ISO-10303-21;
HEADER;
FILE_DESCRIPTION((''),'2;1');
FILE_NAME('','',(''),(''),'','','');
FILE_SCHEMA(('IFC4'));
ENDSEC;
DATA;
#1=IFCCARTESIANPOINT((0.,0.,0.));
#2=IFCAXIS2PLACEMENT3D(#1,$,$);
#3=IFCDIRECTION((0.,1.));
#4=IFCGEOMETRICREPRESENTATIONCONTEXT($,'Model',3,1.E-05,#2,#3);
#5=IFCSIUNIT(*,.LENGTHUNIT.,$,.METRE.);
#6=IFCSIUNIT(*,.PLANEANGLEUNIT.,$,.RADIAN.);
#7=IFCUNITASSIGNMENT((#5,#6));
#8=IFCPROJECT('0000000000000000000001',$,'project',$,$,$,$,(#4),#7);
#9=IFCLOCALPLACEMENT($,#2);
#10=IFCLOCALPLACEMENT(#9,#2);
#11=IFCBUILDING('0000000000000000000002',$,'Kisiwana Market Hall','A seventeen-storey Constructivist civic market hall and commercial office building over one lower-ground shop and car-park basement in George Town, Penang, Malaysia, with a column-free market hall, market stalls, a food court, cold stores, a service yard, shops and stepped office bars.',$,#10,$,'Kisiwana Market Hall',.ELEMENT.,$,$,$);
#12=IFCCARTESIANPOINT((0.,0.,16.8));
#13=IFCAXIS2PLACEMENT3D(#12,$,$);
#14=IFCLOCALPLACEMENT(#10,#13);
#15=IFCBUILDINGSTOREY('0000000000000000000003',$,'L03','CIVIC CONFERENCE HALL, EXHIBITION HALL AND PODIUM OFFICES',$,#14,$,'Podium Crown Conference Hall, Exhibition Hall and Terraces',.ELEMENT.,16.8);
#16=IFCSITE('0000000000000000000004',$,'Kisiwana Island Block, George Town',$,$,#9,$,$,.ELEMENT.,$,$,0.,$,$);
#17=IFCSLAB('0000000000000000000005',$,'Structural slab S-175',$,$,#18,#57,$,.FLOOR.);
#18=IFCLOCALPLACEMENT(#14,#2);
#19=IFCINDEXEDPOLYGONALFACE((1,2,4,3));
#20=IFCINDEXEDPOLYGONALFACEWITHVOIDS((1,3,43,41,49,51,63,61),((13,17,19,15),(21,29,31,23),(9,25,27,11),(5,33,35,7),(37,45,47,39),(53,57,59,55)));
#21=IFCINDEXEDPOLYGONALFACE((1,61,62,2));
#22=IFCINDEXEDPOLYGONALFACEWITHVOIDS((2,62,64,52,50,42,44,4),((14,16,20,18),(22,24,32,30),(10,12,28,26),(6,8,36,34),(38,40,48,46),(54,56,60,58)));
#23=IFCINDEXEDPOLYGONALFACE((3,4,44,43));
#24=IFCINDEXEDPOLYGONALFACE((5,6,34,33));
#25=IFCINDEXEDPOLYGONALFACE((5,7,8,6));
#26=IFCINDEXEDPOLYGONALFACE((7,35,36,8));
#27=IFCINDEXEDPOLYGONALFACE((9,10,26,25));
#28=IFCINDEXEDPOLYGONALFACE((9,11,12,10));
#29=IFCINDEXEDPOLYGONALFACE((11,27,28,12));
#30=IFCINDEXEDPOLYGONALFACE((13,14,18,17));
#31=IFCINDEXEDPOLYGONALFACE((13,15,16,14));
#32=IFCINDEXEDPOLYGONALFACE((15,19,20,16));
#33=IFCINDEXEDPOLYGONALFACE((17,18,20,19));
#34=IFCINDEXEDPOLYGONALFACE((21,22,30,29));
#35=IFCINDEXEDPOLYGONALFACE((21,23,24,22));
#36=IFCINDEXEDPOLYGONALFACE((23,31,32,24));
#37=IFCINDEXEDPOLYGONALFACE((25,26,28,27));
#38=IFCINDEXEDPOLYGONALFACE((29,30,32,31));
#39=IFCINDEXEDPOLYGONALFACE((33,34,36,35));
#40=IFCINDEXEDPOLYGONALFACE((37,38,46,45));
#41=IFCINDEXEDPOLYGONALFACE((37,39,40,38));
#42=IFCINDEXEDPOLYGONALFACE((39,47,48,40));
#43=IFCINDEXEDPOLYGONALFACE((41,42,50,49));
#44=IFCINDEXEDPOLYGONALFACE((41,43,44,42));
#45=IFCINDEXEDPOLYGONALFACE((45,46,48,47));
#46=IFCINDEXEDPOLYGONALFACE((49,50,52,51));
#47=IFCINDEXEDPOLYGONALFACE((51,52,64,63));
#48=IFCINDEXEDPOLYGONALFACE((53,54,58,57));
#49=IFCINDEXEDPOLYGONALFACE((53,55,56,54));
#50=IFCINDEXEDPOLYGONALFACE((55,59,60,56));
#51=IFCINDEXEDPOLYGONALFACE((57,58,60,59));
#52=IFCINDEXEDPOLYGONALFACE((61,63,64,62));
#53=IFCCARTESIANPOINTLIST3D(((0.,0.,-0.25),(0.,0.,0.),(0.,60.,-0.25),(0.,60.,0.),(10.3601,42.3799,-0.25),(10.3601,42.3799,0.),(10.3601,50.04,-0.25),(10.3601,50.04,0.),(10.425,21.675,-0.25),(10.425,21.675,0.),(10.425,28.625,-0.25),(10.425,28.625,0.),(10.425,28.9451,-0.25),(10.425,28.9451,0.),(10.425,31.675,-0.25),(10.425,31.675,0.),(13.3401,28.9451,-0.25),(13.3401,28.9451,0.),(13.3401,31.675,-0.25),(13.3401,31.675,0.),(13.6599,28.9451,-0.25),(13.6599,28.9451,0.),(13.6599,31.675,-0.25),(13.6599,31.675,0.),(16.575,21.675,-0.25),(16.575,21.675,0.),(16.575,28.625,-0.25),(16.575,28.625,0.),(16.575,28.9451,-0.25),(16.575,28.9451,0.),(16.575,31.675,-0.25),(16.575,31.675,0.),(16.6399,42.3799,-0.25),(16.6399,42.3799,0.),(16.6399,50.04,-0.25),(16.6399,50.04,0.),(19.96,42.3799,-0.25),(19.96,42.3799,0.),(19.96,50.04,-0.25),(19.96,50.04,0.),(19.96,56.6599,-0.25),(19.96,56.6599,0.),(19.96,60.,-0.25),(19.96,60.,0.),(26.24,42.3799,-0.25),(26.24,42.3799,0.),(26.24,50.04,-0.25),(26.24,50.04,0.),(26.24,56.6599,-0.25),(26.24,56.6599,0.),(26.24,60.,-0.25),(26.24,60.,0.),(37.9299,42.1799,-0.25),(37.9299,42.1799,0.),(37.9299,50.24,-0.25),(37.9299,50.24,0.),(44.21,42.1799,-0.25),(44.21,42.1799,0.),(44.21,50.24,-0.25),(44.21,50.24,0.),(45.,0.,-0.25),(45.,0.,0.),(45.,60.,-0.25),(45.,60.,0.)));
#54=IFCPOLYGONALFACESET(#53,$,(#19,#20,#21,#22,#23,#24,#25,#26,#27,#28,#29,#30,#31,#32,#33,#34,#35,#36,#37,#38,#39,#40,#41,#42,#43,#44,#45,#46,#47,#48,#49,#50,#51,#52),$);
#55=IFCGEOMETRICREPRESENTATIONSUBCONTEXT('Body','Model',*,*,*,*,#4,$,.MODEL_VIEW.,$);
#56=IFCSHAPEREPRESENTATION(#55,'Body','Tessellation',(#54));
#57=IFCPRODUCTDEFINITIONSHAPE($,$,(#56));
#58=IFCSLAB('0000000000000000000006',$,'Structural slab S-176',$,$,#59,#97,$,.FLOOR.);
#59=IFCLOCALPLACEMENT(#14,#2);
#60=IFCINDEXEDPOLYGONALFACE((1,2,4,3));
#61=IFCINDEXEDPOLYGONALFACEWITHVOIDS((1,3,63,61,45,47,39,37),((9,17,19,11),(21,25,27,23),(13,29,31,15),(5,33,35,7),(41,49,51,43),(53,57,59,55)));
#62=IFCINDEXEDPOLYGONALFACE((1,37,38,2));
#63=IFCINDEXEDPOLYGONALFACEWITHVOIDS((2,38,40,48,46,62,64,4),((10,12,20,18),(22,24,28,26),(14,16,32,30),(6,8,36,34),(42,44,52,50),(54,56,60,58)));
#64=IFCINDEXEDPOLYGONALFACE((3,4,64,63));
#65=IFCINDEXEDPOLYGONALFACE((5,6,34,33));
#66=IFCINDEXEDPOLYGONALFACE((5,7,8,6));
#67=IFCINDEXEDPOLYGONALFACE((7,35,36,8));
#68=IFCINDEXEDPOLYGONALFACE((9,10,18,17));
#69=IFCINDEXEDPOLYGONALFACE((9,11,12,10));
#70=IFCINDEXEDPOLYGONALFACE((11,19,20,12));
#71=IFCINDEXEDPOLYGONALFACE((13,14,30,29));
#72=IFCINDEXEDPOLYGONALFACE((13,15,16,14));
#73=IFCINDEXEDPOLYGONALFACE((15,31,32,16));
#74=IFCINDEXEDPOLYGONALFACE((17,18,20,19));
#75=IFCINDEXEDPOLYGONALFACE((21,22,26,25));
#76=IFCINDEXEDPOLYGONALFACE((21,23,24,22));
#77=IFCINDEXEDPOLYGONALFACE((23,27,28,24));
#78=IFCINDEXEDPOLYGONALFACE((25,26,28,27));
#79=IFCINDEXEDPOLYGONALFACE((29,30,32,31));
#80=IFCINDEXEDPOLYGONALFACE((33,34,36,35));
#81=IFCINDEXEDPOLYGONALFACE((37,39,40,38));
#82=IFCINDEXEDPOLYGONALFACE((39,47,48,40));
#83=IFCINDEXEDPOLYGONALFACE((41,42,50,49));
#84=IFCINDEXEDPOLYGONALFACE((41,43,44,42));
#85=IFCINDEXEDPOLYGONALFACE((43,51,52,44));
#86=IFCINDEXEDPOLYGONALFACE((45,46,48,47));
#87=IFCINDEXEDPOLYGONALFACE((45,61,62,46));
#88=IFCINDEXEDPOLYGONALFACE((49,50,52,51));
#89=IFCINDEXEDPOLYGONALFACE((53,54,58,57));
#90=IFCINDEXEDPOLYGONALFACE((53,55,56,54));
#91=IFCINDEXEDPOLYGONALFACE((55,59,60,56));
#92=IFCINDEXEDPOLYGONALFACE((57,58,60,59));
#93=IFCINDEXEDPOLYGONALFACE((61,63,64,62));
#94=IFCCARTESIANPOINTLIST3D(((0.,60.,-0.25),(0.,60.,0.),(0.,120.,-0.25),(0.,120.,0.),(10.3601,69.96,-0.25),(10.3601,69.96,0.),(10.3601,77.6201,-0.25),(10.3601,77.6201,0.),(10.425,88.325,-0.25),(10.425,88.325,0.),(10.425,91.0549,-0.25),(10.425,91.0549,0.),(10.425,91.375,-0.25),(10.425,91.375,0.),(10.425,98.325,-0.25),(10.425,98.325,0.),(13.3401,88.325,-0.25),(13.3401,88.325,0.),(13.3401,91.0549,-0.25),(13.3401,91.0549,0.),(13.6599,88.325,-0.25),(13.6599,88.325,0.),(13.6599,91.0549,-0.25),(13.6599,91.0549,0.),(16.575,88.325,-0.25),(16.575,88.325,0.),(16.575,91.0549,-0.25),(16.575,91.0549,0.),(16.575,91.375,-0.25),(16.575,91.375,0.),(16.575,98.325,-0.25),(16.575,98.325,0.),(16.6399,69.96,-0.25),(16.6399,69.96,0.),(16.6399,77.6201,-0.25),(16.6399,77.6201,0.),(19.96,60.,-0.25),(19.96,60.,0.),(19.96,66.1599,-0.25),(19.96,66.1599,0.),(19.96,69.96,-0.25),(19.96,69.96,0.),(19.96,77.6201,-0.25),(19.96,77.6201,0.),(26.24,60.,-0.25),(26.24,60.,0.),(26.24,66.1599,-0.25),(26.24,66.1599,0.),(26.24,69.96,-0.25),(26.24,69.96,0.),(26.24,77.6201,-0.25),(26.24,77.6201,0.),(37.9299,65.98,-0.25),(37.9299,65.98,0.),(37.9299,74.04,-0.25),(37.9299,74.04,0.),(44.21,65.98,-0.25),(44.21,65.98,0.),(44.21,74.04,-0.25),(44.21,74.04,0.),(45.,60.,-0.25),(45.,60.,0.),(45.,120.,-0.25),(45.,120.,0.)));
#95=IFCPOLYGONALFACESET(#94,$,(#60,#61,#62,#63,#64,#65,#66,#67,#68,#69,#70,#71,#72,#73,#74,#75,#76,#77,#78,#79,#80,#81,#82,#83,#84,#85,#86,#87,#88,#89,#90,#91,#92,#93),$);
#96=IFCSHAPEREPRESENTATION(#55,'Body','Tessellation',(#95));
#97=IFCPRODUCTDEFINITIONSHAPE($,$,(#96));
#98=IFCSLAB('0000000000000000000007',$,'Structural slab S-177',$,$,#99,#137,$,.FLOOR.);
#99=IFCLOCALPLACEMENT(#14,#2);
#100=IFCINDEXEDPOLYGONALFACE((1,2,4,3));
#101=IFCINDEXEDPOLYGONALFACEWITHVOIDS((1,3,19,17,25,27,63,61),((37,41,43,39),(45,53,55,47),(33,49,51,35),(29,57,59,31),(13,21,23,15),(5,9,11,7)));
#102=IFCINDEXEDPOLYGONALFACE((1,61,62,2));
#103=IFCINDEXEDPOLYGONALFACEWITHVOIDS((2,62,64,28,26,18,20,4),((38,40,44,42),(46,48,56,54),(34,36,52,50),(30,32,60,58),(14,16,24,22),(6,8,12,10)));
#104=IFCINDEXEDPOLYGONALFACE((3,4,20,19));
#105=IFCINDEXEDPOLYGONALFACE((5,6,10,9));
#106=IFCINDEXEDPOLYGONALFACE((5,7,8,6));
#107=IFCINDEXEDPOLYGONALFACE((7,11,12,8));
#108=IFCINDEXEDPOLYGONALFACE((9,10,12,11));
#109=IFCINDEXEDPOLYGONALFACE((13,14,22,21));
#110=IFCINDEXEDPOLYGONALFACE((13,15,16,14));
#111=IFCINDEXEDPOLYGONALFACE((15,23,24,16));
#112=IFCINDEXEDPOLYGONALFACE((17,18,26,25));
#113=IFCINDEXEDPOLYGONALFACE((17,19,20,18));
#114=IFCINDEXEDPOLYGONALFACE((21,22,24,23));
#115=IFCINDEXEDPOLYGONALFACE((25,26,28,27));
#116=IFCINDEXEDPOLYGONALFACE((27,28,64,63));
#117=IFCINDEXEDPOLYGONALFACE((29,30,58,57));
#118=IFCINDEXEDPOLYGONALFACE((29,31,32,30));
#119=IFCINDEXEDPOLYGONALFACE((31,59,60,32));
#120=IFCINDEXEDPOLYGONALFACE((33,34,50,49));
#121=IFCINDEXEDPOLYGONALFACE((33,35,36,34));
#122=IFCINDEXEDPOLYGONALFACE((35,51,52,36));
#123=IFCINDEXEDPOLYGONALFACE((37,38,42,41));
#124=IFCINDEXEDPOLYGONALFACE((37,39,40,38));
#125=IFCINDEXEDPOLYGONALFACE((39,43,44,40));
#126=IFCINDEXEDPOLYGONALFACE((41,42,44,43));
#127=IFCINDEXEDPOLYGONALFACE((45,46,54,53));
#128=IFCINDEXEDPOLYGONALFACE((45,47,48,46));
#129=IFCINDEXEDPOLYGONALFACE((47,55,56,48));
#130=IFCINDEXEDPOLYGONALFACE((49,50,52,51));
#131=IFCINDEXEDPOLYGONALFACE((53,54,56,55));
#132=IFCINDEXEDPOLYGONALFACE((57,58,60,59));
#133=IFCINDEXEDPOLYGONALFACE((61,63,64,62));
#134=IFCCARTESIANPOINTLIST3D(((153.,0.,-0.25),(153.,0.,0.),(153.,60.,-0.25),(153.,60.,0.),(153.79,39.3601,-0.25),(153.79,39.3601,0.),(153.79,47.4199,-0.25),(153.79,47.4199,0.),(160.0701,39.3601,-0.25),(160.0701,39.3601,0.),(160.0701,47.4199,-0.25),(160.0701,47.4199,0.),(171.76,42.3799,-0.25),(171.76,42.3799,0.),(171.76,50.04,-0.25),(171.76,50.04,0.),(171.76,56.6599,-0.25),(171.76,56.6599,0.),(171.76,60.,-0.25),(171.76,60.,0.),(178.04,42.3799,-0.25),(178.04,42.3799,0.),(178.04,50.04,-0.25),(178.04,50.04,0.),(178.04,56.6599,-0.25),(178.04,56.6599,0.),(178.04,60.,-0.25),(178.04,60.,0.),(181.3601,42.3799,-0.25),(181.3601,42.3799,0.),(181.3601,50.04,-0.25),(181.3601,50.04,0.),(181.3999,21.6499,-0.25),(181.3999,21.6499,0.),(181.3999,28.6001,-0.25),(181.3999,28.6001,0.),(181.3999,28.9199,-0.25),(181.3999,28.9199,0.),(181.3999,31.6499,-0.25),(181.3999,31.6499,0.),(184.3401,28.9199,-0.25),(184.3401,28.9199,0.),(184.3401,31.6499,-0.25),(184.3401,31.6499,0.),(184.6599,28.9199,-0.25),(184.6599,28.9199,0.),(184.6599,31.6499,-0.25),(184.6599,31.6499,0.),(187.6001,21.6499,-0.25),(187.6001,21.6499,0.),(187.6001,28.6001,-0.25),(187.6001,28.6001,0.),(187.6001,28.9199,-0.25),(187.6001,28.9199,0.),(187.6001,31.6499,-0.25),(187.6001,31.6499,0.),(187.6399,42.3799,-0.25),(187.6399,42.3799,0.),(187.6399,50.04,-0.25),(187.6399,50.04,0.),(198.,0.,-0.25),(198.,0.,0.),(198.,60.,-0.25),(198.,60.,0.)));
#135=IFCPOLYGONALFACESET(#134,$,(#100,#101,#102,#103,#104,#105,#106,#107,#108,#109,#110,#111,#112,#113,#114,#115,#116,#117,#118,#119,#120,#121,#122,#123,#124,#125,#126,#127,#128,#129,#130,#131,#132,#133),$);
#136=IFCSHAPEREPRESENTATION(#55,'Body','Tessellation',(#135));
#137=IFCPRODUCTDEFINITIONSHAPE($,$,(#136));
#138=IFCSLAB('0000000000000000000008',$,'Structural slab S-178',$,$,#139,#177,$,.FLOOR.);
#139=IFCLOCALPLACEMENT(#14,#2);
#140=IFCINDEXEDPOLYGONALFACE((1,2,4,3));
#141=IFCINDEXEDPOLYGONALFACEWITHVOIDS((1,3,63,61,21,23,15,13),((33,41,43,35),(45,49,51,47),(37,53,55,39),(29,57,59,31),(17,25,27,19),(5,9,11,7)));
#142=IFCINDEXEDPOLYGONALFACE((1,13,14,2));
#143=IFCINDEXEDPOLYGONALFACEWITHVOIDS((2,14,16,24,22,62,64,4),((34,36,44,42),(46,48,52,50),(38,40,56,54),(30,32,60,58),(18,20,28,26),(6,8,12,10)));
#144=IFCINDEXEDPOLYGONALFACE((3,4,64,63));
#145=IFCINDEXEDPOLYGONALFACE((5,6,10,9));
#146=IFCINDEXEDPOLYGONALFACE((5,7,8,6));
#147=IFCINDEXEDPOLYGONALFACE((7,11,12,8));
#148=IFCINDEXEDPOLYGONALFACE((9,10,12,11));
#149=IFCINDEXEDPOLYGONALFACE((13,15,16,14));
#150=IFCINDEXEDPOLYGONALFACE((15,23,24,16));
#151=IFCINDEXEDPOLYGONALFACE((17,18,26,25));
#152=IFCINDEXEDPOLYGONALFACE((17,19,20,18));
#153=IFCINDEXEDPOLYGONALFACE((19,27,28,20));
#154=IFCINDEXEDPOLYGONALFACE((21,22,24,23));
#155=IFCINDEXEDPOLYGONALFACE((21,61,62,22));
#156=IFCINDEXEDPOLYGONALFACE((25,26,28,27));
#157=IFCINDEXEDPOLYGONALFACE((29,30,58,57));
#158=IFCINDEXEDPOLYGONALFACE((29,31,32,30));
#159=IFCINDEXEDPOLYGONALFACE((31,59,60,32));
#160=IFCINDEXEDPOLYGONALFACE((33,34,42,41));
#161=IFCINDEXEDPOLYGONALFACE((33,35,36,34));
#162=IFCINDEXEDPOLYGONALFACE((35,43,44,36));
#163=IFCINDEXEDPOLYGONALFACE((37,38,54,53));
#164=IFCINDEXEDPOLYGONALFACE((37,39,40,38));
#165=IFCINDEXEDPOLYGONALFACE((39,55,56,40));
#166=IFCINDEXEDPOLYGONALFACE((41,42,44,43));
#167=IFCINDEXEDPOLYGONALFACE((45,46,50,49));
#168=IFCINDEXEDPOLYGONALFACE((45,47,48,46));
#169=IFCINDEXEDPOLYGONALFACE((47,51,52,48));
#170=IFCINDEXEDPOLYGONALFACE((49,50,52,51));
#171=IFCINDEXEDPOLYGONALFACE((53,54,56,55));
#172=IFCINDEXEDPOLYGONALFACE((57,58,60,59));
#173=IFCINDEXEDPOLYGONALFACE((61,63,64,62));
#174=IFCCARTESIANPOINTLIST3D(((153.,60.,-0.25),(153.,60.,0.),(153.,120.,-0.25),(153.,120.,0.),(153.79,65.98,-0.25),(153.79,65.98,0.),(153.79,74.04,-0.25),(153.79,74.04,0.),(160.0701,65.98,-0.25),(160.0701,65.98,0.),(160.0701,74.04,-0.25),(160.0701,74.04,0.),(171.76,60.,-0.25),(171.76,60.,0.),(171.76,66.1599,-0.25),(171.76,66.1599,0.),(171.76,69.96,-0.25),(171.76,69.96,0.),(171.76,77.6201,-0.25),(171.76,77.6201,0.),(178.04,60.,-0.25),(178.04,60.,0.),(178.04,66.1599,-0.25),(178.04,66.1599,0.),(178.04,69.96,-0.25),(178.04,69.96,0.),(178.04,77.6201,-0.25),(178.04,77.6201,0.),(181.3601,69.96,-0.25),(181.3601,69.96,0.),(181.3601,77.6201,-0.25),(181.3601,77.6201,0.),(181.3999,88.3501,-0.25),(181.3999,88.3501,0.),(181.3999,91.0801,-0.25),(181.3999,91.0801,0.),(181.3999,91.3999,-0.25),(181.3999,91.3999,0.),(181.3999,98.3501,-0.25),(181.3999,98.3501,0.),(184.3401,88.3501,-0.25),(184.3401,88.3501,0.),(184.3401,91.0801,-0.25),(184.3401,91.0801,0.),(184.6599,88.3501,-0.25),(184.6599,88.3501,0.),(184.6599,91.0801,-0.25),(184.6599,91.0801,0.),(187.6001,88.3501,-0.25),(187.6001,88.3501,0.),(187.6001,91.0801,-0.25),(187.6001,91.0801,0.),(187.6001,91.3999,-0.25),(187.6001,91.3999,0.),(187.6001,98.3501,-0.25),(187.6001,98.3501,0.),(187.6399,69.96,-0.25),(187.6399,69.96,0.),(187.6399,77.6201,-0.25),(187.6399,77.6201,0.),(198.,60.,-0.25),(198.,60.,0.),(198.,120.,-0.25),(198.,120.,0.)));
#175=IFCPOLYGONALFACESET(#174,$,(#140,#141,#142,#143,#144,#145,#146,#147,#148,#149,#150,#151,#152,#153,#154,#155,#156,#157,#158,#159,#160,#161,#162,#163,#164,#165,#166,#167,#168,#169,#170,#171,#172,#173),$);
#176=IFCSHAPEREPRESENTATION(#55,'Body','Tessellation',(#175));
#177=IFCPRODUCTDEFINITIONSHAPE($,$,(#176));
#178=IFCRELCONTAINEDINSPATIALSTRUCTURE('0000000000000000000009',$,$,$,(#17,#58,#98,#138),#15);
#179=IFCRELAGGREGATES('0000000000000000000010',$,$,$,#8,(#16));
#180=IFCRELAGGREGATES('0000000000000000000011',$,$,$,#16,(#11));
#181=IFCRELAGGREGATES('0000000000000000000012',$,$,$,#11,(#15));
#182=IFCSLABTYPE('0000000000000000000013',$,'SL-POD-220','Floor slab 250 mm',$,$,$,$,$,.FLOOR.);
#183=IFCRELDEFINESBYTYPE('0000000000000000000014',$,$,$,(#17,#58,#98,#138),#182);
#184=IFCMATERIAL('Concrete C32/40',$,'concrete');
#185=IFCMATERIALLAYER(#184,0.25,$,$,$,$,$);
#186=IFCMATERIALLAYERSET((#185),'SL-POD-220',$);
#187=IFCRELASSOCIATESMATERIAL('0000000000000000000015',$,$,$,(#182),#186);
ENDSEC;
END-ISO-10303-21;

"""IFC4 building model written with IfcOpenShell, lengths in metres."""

from ifc_helpers import new_model, si_unit, direction, frame, origin, place, context, subcontext, project, spatial, polyline, outline, extrude, material, layer, layer_set, type_object, element, save


model = new_model("IFC4")

# Units and contexts
model_context = context("Model", 3, precision=1e-05, world=origin(), true_north=direction((0.0, 1.0)))
body_context = subcontext(model_context, "Body", "Model", "MODEL_VIEW")
ifc_project = project(units=[si_unit("LENGTHUNIT", "METRE"), si_unit("PLANEANGLEUNIT", "RADIAN")], contexts=[model_context])

# Site, building, storey
site_placement = place(None, origin())
site = spatial("IfcSite", under=ifc_project, at=site_placement, Name="Kisiwana Island Block, George Town", CompositionType="ELEMENT", RefElevation=0.0)
building_placement = place(site_placement, origin())
building = spatial("IfcBuilding", under=site, at=building_placement, Name="Kisiwana Market Hall", Description="A seventeen-storey Constructivist civic market hall and commercial office building over one lower-ground shop and car-park basement in George Town, Penang, Malaysia, with a column-free market hall, market stalls, a food court, cold stores, a service yard, shops and stepped office bars.", LongName="Kisiwana Market Hall", CompositionType="ELEMENT")
storey_placement = place(building_placement, frame((0.0, 0.0, 16.8)))
storey = spatial("IfcBuildingStorey", under=building, at=storey_placement, Name="L03", Description="CIVIC CONFERENCE HALL, EXHIBITION HALL AND PODIUM OFFICES", LongName="Podium Crown Conference Hall, Exhibition Hall and Terraces", CompositionType="ELEMENT", Elevation=16.8)

# Slabs
ifc_material_1 = material(Name="Concrete C32/40", Category="concrete")
ifc_layer_1 = layer(ifc_material_1, 0.25)
ifc_layer_set_1 = layer_set([ifc_layer_1], Name="SL-POD-220")
slab_type_1 = type_object("IfcSlabType", Name="SL-POD-220", Description="Floor slab 250 mm", PredefinedType="FLOOR", material=ifc_layer_set_1)
slab_1_placement = place(storey_placement, frame((0.0, 0.0, -0.25)))
element("IfcSlab", 1, at=slab_1_placement, inside=storey, type_object=slab_type_1, Name="Structural slab S-175", PredefinedType="FLOOR", context=body_context, shape_type="SweptSolid", body=[
    extrude(outline(polyline([(0.0, 0.0), (45.0, 0.0), (45.0, 60.0), (26.24, 60.0), (26.24, 56.6599), (19.96, 56.6599), (19.96, 60.0), (0.0, 60.0), (0.0, 0.0)]), holes=[polyline([(10.425, 21.675), (16.575, 21.675), (16.575, 28.625), (10.425, 28.625), (10.425, 21.675)]), polyline([(10.425, 28.9451), (13.3401, 28.9451), (13.3401, 31.675), (10.425, 31.675), (10.425, 28.9451)]), polyline([(13.6599, 28.9451), (16.575, 28.9451), (16.575, 31.675), (13.6599, 31.675), (13.6599, 28.9451)]), polyline([(10.3601, 42.3799), (16.6399, 42.3799), (16.6399, 50.04), (10.3601, 50.04), (10.3601, 42.3799)]), polyline([(19.96, 42.3799), (26.24, 42.3799), (26.24, 50.04), (19.96, 50.04), (19.96, 42.3799)]), polyline([(37.9299, 42.1799), (44.21, 42.1799), (44.21, 50.24), (37.9299, 50.24), (37.9299, 42.1799)])]), origin(), (0.0, 0.0, 1.0), 0.25),
])
slab_2_placement = place(storey_placement, frame((0.0, 0.0, -0.25)))
element("IfcSlab", 2, at=slab_2_placement, inside=storey, type_object=slab_type_1, Name="Structural slab S-176", PredefinedType="FLOOR", context=body_context, shape_type="SweptSolid", body=[
    extrude(outline(polyline([(0.0, 60.0), (19.96, 60.0), (19.96, 66.1599), (26.24, 66.1599), (26.24, 60.0), (45.0, 60.0), (45.0, 120.0), (0.0, 120.0), (0.0, 60.0)]), holes=[polyline([(10.425, 91.375), (16.575, 91.375), (16.575, 98.325), (10.425, 98.325), (10.425, 91.375)]), polyline([(10.425, 88.325), (13.3401, 88.325), (13.3401, 91.0549), (10.425, 91.0549), (10.425, 88.325)]), polyline([(13.6599, 88.325), (16.575, 88.325), (16.575, 91.0549), (13.6599, 91.0549), (13.6599, 88.325)]), polyline([(10.3601, 69.96), (16.6399, 69.96), (16.6399, 77.6201), (10.3601, 77.6201), (10.3601, 69.96)]), polyline([(19.96, 69.96), (26.24, 69.96), (26.24, 77.6201), (19.96, 77.6201), (19.96, 69.96)]), polyline([(37.9299, 65.98), (44.21, 65.98), (44.21, 74.04), (37.9299, 74.04), (37.9299, 65.98)])]), origin(), (0.0, 0.0, 1.0), 0.25),
])
slab_3_placement = place(storey_placement, frame((0.0, 0.0, -0.25)))
element("IfcSlab", 3, at=slab_3_placement, inside=storey, type_object=slab_type_1, Name="Structural slab S-177", PredefinedType="FLOOR", context=body_context, shape_type="SweptSolid", body=[
    extrude(outline(polyline([(153.0, 0.0), (198.0, 0.0), (198.0, 60.0), (178.04, 60.0), (178.04, 56.6599), (171.76, 56.6599), (171.76, 60.0), (153.0, 60.0), (153.0, 0.0)]), holes=[polyline([(181.3999, 21.6499), (187.6001, 21.6499), (187.6001, 28.6001), (181.3999, 28.6001), (181.3999, 21.6499)]), polyline([(181.3999, 28.9199), (184.3401, 28.9199), (184.3401, 31.6499), (181.3999, 31.6499), (181.3999, 28.9199)]), polyline([(184.6599, 28.9199), (187.6001, 28.9199), (187.6001, 31.6499), (184.6599, 31.6499), (184.6599, 28.9199)]), polyline([(181.3601, 42.3799), (187.6399, 42.3799), (187.6399, 50.04), (181.3601, 50.04), (181.3601, 42.3799)]), polyline([(171.76, 42.3799), (178.04, 42.3799), (178.04, 50.04), (171.76, 50.04), (171.76, 42.3799)]), polyline([(153.79, 39.3601), (160.0701, 39.3601), (160.0701, 47.4199), (153.79, 47.4199), (153.79, 39.3601)])]), origin(), (0.0, 0.0, 1.0), 0.25),
])
slab_4_placement = place(storey_placement, frame((0.0, 0.0, -0.25)))
element("IfcSlab", 4, at=slab_4_placement, inside=storey, type_object=slab_type_1, Name="Structural slab S-178", PredefinedType="FLOOR", context=body_context, shape_type="SweptSolid", body=[
    extrude(outline(polyline([(153.0, 60.0), (171.76, 60.0), (171.76, 66.1599), (178.04, 66.1599), (178.04, 60.0), (198.0, 60.0), (198.0, 120.0), (153.0, 120.0), (153.0, 60.0)]), holes=[polyline([(181.3999, 91.3999), (187.6001, 91.3999), (187.6001, 98.3501), (181.3999, 98.3501), (181.3999, 91.3999)]), polyline([(181.3999, 88.3501), (184.3401, 88.3501), (184.3401, 91.0801), (181.3999, 91.0801), (181.3999, 88.3501)]), polyline([(184.6599, 88.3501), (187.6001, 88.3501), (187.6001, 91.0801), (184.6599, 91.0801), (184.6599, 88.3501)]), polyline([(181.3601, 69.96), (187.6399, 69.96), (187.6399, 77.6201), (181.3601, 77.6201), (181.3601, 69.96)]), polyline([(171.76, 69.96), (178.04, 69.96), (178.04, 77.6201), (171.76, 77.6201), (171.76, 69.96)]), polyline([(153.79, 65.98), (160.0701, 65.98), (160.0701, 74.04), (153.79, 74.04), (153.79, 65.98)])]), origin(), (0.0, 0.0, 1.0), 0.25),
])

save(model, "model.ifc")
